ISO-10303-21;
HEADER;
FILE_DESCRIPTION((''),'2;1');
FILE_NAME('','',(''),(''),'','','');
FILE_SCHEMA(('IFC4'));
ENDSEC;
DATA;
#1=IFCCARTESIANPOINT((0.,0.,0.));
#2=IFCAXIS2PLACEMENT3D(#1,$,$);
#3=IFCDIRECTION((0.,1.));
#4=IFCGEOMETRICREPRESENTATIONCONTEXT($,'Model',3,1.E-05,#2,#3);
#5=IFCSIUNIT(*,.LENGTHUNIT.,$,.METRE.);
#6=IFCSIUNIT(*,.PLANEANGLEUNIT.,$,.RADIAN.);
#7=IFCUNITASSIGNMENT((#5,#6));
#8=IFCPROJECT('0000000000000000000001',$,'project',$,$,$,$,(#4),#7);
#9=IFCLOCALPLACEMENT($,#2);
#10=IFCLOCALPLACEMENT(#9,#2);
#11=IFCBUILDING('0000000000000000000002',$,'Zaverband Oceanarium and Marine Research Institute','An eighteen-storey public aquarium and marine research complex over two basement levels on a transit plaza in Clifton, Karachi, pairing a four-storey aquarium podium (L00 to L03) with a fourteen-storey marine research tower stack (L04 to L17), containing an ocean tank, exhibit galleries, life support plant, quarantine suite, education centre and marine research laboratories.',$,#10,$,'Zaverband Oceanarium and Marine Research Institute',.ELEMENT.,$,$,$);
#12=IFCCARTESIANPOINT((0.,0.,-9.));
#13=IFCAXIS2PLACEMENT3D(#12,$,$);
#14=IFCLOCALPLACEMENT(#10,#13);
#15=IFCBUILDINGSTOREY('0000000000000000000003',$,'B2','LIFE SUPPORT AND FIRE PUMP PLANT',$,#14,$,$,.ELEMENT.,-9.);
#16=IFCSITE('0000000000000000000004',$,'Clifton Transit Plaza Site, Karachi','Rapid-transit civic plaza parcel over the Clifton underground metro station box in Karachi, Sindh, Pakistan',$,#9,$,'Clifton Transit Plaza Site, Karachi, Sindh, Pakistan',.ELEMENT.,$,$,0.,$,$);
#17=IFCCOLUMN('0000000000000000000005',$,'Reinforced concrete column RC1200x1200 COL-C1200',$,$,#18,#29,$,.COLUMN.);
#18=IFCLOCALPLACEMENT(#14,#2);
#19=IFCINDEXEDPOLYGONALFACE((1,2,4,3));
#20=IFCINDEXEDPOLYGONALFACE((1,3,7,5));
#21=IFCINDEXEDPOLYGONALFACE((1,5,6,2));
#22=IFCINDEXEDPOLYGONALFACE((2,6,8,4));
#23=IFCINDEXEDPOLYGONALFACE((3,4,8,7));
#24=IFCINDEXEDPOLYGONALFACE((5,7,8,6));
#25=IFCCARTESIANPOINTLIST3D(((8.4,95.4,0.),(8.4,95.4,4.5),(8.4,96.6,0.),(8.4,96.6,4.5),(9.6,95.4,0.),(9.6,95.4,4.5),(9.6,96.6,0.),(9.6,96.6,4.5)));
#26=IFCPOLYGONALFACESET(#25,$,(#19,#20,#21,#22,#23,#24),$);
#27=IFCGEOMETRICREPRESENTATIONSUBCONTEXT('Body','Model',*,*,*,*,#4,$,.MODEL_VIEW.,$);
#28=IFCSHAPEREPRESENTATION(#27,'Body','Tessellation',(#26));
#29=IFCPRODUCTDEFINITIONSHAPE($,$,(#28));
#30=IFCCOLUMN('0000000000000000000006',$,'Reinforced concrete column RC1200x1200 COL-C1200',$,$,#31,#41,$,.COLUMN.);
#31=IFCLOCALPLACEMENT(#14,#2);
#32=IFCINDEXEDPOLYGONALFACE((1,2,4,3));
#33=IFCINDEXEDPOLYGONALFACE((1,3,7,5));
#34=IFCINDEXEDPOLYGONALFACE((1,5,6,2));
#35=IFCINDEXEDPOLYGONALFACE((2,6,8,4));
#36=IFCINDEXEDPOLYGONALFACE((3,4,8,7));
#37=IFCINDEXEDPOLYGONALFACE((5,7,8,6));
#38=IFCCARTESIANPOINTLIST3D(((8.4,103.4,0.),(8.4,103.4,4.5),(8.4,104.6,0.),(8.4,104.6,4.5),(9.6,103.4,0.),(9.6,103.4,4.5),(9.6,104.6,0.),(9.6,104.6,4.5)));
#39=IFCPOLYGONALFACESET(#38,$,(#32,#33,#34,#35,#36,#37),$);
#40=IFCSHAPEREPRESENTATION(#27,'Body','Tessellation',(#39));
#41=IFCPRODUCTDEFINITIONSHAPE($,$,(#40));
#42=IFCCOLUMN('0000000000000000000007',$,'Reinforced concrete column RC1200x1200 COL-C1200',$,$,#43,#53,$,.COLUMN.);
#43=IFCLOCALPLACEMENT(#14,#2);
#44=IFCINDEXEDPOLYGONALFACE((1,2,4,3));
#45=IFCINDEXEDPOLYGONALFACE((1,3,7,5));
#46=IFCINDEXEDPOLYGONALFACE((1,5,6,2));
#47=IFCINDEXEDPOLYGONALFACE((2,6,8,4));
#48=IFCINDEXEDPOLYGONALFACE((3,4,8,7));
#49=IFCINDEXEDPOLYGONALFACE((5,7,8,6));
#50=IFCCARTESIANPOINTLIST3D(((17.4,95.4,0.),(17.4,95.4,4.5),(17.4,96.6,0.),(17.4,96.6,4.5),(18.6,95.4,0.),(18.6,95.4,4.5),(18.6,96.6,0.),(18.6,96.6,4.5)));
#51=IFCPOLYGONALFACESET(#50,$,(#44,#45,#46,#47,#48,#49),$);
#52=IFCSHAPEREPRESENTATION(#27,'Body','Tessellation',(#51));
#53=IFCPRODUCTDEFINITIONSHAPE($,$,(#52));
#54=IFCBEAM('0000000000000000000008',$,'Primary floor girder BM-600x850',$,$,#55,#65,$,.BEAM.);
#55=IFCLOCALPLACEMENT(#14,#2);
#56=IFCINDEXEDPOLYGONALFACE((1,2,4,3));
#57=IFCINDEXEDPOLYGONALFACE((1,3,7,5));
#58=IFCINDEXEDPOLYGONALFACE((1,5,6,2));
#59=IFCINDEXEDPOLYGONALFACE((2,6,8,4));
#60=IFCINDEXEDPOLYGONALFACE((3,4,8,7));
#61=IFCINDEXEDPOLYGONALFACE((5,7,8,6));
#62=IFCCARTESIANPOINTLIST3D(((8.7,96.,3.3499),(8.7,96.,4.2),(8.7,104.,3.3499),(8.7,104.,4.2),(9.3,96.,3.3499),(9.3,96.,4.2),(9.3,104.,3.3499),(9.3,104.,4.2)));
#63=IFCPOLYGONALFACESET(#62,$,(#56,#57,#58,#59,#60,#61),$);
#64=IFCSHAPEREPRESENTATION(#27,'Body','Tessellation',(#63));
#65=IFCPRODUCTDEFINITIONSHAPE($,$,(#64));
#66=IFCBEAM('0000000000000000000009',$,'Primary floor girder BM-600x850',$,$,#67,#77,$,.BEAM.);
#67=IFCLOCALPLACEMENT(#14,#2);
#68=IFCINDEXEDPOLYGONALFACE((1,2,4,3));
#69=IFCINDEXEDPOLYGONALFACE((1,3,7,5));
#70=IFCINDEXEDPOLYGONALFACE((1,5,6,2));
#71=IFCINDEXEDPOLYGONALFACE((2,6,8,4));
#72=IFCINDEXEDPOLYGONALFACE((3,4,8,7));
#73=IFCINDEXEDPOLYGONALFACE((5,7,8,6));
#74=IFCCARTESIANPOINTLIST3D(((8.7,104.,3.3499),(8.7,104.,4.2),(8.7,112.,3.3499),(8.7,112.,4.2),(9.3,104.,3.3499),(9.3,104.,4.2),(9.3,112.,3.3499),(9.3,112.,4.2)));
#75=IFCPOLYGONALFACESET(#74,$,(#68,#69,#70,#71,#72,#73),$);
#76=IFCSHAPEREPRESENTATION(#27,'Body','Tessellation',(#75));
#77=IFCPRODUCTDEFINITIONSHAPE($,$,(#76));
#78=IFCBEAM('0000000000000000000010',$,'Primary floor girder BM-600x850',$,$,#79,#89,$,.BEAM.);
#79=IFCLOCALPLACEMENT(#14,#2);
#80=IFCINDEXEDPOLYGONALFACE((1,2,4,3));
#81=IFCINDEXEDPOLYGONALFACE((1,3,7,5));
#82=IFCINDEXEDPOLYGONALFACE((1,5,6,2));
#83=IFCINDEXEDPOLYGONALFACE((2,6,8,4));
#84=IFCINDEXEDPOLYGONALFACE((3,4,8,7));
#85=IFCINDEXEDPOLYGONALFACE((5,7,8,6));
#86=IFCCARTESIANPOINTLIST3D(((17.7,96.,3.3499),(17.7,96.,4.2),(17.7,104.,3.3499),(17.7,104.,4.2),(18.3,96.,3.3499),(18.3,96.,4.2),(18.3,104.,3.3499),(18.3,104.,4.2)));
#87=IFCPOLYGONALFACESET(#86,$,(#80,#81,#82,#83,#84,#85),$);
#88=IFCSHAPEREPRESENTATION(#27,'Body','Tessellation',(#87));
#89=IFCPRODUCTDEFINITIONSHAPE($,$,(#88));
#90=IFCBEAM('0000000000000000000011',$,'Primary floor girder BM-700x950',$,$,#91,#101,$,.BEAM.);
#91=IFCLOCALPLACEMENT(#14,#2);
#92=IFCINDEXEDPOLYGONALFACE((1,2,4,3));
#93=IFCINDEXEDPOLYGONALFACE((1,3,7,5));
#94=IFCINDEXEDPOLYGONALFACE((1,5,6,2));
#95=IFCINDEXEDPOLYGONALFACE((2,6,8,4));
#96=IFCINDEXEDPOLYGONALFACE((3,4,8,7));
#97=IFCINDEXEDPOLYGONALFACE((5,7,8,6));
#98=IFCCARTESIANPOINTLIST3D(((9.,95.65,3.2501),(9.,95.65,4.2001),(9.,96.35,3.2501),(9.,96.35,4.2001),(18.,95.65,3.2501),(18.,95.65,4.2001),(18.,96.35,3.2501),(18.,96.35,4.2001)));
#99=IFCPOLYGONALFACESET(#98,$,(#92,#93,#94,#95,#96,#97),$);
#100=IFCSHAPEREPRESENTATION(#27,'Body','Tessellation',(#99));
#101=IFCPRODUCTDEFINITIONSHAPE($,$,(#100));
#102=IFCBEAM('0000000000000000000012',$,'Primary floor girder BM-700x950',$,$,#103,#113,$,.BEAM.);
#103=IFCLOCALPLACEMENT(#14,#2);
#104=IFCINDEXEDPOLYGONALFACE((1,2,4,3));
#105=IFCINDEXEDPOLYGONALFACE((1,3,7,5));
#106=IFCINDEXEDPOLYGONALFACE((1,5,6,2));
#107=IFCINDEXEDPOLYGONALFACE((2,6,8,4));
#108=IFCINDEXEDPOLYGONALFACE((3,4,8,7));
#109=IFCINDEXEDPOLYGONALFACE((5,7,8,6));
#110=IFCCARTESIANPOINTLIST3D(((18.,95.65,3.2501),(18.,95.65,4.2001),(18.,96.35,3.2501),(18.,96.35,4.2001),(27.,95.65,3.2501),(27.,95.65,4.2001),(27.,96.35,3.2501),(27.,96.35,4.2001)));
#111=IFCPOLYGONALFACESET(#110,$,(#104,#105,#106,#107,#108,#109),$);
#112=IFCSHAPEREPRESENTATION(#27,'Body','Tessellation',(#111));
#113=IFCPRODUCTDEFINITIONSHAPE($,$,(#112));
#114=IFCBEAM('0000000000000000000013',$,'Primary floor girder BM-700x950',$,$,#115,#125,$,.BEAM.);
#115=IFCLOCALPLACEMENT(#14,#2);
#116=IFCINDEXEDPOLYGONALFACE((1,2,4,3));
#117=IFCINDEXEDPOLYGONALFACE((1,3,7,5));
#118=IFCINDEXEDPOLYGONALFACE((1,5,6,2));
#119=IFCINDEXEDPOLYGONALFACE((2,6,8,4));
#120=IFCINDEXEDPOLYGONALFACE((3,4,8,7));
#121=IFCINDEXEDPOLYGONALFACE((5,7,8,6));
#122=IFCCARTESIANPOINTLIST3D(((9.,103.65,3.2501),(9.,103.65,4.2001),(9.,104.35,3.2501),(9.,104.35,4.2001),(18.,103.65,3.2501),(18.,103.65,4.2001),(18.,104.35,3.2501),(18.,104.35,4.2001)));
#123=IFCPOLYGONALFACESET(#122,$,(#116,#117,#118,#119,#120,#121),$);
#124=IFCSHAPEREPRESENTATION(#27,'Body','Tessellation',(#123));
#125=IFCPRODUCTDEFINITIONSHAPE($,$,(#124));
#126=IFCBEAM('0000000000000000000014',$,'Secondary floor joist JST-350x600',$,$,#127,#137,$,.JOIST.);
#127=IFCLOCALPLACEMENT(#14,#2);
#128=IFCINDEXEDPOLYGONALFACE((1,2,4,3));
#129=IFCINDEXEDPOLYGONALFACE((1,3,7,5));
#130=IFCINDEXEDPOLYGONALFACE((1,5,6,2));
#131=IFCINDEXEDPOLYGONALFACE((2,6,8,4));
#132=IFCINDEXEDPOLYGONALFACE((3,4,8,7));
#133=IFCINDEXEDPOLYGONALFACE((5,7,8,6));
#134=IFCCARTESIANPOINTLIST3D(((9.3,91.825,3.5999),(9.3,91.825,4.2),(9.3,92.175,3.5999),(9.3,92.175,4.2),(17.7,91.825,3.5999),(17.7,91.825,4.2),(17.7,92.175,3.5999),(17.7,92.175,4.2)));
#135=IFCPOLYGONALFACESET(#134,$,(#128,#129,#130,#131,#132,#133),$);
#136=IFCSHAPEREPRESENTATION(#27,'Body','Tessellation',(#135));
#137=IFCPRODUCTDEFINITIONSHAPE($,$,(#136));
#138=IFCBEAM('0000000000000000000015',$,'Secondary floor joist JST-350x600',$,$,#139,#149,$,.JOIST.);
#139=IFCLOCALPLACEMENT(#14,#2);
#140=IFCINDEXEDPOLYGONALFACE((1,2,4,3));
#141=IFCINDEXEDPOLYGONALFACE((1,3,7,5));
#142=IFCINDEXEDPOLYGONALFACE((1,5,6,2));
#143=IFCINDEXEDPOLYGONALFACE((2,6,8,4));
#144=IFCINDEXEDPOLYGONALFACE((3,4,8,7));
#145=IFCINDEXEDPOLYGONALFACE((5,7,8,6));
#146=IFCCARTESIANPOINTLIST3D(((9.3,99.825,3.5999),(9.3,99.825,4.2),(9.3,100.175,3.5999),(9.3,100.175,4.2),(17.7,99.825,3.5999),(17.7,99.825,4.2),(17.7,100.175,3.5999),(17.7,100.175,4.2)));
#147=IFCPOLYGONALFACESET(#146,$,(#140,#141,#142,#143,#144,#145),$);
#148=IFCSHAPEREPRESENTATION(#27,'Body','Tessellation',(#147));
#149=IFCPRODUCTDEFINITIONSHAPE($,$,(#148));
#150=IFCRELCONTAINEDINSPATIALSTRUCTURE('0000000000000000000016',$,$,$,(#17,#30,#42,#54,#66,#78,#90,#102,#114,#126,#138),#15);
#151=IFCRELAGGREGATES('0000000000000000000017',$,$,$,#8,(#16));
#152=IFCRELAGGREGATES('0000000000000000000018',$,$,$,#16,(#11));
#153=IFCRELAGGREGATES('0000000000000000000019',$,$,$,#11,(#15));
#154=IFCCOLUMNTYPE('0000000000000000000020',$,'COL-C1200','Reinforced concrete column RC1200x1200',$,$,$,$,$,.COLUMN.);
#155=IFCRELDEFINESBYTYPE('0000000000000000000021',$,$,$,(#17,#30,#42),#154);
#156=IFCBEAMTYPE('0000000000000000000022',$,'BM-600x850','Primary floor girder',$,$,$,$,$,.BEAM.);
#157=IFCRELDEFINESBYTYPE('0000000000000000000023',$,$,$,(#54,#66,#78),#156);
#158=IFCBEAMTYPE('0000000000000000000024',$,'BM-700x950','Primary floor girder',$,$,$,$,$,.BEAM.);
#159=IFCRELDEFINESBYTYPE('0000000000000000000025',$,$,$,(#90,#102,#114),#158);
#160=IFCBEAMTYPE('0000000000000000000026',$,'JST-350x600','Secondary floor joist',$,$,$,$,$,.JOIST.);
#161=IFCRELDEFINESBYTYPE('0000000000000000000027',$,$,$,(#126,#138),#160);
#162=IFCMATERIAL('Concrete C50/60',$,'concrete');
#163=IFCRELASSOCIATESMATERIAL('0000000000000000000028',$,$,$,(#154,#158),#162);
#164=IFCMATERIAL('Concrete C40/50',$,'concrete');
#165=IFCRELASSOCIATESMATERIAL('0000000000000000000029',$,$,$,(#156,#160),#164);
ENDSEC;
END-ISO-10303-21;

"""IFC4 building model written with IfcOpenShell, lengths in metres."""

from ifc_helpers import new_model, si_unit, direction, frame, origin, origin_2d, place, context, subcontext, project, spatial, rectangle, extrude, material, material_profile, profile_set, type_object, element, save


model = new_model("IFC4")

# Units and contexts
model_context = context("Model", 3, precision=1e-05, world=origin(), true_north=direction((0.0, 1.0)))
body_context = subcontext(model_context, "Body", "Model", "MODEL_VIEW")
ifc_project = project(units=[si_unit("LENGTHUNIT", "METRE"), si_unit("PLANEANGLEUNIT", "RADIAN")], contexts=[model_context])

# Site, building, storey
site_placement = place(None, origin())
site = spatial("IfcSite", under=ifc_project, at=site_placement, Name="Clifton Transit Plaza Site, Karachi", Description="Rapid-transit civic plaza parcel over the Clifton underground metro station box in Karachi, Sindh, Pakistan", LongName="Clifton Transit Plaza Site, Karachi, Sindh, Pakistan", CompositionType="ELEMENT", RefElevation=0.0)
building_placement = place(site_placement, origin())
building = spatial("IfcBuilding", under=site, at=building_placement, Name="Zaverband Oceanarium and Marine Research Institute", Description="An eighteen-storey public aquarium and marine research complex over two basement levels on a transit plaza in Clifton, Karachi, pairing a four-storey aquarium podium (L00 to L03) with a fourteen-storey marine research tower stack (L04 to L17), containing an ocean tank, exhibit galleries, life support plant, quarantine suite, education centre and marine research laboratories.", LongName="Zaverband Oceanarium and Marine Research Institute", CompositionType="ELEMENT")
storey_placement = place(building_placement, frame((0.0, 0.0, -9.0)))
storey = spatial("IfcBuildingStorey", under=building, at=storey_placement, Name="B2", Description="LIFE SUPPORT AND FIRE PUMP PLANT", CompositionType="ELEMENT", Elevation=-9.0)

# Shared definitions
ifc_material_1 = material(Name="Concrete C50/60", Category="concrete")

# Columns
ifc_material_profile_1 = material_profile(ifc_material_1, rectangle(XDim=1.2, YDim=1.2, at=origin_2d()), Name="RC1200x1200")
ifc_profile_set_1 = profile_set([ifc_material_profile_1], Name="Concrete C50/60")
column_type = type_object("IfcColumnType", Name="COL-C1200", Description="Reinforced concrete column RC1200x1200", PredefinedType="COLUMN", material=ifc_profile_set_1)
for number, where, z_axis, x_axis, name in (
    (1, (9.0, 96.0, 0.0), (0.0, 0.0, 1.0), (1.0, 0.0, 0.0), "Reinforced concrete column RC1200x1200 COL-C1200"),
    (2, (9.0, 104.0, 0.0), (0.0, 0.0, 1.0), (1.0, 0.0, 0.0), "Reinforced concrete column RC1200x1200 COL-C1200"),
    (3, (18.0, 96.0, 0.0), (0.0, 0.0, 1.0), (1.0, 0.0, 0.0), "Reinforced concrete column RC1200x1200 COL-C1200"),
):
    element("IfcColumn", number, at=place(storey_placement, frame(where, z_axis=z_axis, x_axis=x_axis)), inside=storey, type_object=column_type, Name=name, PredefinedType="COLUMN", context=body_context, shape_type="SweptSolid", body=[
        extrude(rectangle(XDim=1.2, YDim=1.2, at=origin_2d()), origin(), (0.0, 0.0, 1.0), 4.5),
    ])

# Beams
ifc_material_2 = material(Name="Concrete C40/50", Category="concrete")
ifc_material_profile_2 = material_profile(ifc_material_2, rectangle(XDim=0.6001, YDim=0.8501, at=origin_2d()), Name="RC600x850")
ifc_profile_set_2 = profile_set([ifc_material_profile_2], Name="Concrete C40/50")
beam_type_1 = type_object("IfcBeamType", Name="BM-600x850", Description="Primary floor girder", PredefinedType="BEAM", material=ifc_profile_set_2)
for number, where, z_axis, x_axis, name in (
    (4, (9.0, 96.0, 3.7749), (0.0, 1.0, 0.0), (-1.0, 0.0, 0.0), "Primary floor girder BM-600x850"),
    (5, (9.0, 104.0, 3.7749), (0.0, 1.0, 0.0), (-1.0, 0.0, 0.0), "Primary floor girder BM-600x850"),
    (6, (18.0, 96.0, 3.7749), (0.0, 1.0, 0.0), (-1.0, 0.0, 0.0), "Primary floor girder BM-600x850"),
):
    element("IfcBeam", number, at=place(storey_placement, frame(where, z_axis=z_axis, x_axis=x_axis)), inside=storey, type_object=beam_type_1, Name=name, PredefinedType="BEAM", context=body_context, shape_type="SweptSolid", body=[
        extrude(rectangle(XDim=0.6001, YDim=0.8501, at=origin_2d()), origin(), (0.0, 0.0, 1.0), 8.0),
    ])
ifc_material_profile_3 = material_profile(ifc_material_1, rectangle(XDim=0.7, YDim=0.95, at=origin_2d()), Name="RC700x950")
ifc_profile_set_3 = profile_set([ifc_material_profile_3], Name="Concrete C50/60")
beam_type_2 = type_object("IfcBeamType", Name="BM-700x950", Description="Primary floor girder", PredefinedType="BEAM", material=ifc_profile_set_3)
for number, where, z_axis, x_axis, name in (
    (7, (9.0, 96.0, 3.7251), (1.0, 0.0, 0.0), (0.0, 1.0, 0.0), "Primary floor girder BM-700x950"),
    (8, (18.0, 96.0, 3.7251), (1.0, 0.0, 0.0), (0.0, 1.0, 0.0), "Primary floor girder BM-700x950"),
    (9, (9.0, 104.0, 3.7251), (1.0, 0.0, 0.0), (0.0, 1.0, 0.0), "Primary floor girder BM-700x950"),
):
    element("IfcBeam", number, at=place(storey_placement, frame(where, z_axis=z_axis, x_axis=x_axis)), inside=storey, type_object=beam_type_2, Name=name, PredefinedType="BEAM", context=body_context, shape_type="SweptSolid", body=[
        extrude(rectangle(XDim=0.7, YDim=0.95, at=origin_2d()), origin(), (0.0, 0.0, 1.0), 9.0),
    ])
ifc_material_profile_4 = material_profile(ifc_material_2, rectangle(XDim=0.3501, YDim=0.6001, at=origin_2d()), Name="RC350x600")
ifc_profile_set_4 = profile_set([ifc_material_profile_4], Name="Concrete C40/50")
beam_type_3 = type_object("IfcBeamType", Name="JST-350x600", Description="Secondary floor joist", PredefinedType="JOIST", material=ifc_profile_set_4)
for number, where, z_axis, x_axis, name in (
    (10, (9.3, 92.0, 3.8999), (1.0, 0.0, 0.0), (0.0, 1.0, 0.0), "Secondary floor joist JST-350x600"),
    (11, (9.3, 100.0, 3.8999), (1.0, 0.0, 0.0), (0.0, 1.0, 0.0), "Secondary floor joist JST-350x600"),
):
    element("IfcBeam", number, at=place(storey_placement, frame(where, z_axis=z_axis, x_axis=x_axis)), inside=storey, type_object=beam_type_3, Name=name, PredefinedType="JOIST", context=body_context, shape_type="SweptSolid", body=[
        extrude(rectangle(XDim=0.3501, YDim=0.6001, at=origin_2d()), origin(), (0.0, 0.0, 1.0), 8.3999),
    ])

save(model, "model.ifc")
